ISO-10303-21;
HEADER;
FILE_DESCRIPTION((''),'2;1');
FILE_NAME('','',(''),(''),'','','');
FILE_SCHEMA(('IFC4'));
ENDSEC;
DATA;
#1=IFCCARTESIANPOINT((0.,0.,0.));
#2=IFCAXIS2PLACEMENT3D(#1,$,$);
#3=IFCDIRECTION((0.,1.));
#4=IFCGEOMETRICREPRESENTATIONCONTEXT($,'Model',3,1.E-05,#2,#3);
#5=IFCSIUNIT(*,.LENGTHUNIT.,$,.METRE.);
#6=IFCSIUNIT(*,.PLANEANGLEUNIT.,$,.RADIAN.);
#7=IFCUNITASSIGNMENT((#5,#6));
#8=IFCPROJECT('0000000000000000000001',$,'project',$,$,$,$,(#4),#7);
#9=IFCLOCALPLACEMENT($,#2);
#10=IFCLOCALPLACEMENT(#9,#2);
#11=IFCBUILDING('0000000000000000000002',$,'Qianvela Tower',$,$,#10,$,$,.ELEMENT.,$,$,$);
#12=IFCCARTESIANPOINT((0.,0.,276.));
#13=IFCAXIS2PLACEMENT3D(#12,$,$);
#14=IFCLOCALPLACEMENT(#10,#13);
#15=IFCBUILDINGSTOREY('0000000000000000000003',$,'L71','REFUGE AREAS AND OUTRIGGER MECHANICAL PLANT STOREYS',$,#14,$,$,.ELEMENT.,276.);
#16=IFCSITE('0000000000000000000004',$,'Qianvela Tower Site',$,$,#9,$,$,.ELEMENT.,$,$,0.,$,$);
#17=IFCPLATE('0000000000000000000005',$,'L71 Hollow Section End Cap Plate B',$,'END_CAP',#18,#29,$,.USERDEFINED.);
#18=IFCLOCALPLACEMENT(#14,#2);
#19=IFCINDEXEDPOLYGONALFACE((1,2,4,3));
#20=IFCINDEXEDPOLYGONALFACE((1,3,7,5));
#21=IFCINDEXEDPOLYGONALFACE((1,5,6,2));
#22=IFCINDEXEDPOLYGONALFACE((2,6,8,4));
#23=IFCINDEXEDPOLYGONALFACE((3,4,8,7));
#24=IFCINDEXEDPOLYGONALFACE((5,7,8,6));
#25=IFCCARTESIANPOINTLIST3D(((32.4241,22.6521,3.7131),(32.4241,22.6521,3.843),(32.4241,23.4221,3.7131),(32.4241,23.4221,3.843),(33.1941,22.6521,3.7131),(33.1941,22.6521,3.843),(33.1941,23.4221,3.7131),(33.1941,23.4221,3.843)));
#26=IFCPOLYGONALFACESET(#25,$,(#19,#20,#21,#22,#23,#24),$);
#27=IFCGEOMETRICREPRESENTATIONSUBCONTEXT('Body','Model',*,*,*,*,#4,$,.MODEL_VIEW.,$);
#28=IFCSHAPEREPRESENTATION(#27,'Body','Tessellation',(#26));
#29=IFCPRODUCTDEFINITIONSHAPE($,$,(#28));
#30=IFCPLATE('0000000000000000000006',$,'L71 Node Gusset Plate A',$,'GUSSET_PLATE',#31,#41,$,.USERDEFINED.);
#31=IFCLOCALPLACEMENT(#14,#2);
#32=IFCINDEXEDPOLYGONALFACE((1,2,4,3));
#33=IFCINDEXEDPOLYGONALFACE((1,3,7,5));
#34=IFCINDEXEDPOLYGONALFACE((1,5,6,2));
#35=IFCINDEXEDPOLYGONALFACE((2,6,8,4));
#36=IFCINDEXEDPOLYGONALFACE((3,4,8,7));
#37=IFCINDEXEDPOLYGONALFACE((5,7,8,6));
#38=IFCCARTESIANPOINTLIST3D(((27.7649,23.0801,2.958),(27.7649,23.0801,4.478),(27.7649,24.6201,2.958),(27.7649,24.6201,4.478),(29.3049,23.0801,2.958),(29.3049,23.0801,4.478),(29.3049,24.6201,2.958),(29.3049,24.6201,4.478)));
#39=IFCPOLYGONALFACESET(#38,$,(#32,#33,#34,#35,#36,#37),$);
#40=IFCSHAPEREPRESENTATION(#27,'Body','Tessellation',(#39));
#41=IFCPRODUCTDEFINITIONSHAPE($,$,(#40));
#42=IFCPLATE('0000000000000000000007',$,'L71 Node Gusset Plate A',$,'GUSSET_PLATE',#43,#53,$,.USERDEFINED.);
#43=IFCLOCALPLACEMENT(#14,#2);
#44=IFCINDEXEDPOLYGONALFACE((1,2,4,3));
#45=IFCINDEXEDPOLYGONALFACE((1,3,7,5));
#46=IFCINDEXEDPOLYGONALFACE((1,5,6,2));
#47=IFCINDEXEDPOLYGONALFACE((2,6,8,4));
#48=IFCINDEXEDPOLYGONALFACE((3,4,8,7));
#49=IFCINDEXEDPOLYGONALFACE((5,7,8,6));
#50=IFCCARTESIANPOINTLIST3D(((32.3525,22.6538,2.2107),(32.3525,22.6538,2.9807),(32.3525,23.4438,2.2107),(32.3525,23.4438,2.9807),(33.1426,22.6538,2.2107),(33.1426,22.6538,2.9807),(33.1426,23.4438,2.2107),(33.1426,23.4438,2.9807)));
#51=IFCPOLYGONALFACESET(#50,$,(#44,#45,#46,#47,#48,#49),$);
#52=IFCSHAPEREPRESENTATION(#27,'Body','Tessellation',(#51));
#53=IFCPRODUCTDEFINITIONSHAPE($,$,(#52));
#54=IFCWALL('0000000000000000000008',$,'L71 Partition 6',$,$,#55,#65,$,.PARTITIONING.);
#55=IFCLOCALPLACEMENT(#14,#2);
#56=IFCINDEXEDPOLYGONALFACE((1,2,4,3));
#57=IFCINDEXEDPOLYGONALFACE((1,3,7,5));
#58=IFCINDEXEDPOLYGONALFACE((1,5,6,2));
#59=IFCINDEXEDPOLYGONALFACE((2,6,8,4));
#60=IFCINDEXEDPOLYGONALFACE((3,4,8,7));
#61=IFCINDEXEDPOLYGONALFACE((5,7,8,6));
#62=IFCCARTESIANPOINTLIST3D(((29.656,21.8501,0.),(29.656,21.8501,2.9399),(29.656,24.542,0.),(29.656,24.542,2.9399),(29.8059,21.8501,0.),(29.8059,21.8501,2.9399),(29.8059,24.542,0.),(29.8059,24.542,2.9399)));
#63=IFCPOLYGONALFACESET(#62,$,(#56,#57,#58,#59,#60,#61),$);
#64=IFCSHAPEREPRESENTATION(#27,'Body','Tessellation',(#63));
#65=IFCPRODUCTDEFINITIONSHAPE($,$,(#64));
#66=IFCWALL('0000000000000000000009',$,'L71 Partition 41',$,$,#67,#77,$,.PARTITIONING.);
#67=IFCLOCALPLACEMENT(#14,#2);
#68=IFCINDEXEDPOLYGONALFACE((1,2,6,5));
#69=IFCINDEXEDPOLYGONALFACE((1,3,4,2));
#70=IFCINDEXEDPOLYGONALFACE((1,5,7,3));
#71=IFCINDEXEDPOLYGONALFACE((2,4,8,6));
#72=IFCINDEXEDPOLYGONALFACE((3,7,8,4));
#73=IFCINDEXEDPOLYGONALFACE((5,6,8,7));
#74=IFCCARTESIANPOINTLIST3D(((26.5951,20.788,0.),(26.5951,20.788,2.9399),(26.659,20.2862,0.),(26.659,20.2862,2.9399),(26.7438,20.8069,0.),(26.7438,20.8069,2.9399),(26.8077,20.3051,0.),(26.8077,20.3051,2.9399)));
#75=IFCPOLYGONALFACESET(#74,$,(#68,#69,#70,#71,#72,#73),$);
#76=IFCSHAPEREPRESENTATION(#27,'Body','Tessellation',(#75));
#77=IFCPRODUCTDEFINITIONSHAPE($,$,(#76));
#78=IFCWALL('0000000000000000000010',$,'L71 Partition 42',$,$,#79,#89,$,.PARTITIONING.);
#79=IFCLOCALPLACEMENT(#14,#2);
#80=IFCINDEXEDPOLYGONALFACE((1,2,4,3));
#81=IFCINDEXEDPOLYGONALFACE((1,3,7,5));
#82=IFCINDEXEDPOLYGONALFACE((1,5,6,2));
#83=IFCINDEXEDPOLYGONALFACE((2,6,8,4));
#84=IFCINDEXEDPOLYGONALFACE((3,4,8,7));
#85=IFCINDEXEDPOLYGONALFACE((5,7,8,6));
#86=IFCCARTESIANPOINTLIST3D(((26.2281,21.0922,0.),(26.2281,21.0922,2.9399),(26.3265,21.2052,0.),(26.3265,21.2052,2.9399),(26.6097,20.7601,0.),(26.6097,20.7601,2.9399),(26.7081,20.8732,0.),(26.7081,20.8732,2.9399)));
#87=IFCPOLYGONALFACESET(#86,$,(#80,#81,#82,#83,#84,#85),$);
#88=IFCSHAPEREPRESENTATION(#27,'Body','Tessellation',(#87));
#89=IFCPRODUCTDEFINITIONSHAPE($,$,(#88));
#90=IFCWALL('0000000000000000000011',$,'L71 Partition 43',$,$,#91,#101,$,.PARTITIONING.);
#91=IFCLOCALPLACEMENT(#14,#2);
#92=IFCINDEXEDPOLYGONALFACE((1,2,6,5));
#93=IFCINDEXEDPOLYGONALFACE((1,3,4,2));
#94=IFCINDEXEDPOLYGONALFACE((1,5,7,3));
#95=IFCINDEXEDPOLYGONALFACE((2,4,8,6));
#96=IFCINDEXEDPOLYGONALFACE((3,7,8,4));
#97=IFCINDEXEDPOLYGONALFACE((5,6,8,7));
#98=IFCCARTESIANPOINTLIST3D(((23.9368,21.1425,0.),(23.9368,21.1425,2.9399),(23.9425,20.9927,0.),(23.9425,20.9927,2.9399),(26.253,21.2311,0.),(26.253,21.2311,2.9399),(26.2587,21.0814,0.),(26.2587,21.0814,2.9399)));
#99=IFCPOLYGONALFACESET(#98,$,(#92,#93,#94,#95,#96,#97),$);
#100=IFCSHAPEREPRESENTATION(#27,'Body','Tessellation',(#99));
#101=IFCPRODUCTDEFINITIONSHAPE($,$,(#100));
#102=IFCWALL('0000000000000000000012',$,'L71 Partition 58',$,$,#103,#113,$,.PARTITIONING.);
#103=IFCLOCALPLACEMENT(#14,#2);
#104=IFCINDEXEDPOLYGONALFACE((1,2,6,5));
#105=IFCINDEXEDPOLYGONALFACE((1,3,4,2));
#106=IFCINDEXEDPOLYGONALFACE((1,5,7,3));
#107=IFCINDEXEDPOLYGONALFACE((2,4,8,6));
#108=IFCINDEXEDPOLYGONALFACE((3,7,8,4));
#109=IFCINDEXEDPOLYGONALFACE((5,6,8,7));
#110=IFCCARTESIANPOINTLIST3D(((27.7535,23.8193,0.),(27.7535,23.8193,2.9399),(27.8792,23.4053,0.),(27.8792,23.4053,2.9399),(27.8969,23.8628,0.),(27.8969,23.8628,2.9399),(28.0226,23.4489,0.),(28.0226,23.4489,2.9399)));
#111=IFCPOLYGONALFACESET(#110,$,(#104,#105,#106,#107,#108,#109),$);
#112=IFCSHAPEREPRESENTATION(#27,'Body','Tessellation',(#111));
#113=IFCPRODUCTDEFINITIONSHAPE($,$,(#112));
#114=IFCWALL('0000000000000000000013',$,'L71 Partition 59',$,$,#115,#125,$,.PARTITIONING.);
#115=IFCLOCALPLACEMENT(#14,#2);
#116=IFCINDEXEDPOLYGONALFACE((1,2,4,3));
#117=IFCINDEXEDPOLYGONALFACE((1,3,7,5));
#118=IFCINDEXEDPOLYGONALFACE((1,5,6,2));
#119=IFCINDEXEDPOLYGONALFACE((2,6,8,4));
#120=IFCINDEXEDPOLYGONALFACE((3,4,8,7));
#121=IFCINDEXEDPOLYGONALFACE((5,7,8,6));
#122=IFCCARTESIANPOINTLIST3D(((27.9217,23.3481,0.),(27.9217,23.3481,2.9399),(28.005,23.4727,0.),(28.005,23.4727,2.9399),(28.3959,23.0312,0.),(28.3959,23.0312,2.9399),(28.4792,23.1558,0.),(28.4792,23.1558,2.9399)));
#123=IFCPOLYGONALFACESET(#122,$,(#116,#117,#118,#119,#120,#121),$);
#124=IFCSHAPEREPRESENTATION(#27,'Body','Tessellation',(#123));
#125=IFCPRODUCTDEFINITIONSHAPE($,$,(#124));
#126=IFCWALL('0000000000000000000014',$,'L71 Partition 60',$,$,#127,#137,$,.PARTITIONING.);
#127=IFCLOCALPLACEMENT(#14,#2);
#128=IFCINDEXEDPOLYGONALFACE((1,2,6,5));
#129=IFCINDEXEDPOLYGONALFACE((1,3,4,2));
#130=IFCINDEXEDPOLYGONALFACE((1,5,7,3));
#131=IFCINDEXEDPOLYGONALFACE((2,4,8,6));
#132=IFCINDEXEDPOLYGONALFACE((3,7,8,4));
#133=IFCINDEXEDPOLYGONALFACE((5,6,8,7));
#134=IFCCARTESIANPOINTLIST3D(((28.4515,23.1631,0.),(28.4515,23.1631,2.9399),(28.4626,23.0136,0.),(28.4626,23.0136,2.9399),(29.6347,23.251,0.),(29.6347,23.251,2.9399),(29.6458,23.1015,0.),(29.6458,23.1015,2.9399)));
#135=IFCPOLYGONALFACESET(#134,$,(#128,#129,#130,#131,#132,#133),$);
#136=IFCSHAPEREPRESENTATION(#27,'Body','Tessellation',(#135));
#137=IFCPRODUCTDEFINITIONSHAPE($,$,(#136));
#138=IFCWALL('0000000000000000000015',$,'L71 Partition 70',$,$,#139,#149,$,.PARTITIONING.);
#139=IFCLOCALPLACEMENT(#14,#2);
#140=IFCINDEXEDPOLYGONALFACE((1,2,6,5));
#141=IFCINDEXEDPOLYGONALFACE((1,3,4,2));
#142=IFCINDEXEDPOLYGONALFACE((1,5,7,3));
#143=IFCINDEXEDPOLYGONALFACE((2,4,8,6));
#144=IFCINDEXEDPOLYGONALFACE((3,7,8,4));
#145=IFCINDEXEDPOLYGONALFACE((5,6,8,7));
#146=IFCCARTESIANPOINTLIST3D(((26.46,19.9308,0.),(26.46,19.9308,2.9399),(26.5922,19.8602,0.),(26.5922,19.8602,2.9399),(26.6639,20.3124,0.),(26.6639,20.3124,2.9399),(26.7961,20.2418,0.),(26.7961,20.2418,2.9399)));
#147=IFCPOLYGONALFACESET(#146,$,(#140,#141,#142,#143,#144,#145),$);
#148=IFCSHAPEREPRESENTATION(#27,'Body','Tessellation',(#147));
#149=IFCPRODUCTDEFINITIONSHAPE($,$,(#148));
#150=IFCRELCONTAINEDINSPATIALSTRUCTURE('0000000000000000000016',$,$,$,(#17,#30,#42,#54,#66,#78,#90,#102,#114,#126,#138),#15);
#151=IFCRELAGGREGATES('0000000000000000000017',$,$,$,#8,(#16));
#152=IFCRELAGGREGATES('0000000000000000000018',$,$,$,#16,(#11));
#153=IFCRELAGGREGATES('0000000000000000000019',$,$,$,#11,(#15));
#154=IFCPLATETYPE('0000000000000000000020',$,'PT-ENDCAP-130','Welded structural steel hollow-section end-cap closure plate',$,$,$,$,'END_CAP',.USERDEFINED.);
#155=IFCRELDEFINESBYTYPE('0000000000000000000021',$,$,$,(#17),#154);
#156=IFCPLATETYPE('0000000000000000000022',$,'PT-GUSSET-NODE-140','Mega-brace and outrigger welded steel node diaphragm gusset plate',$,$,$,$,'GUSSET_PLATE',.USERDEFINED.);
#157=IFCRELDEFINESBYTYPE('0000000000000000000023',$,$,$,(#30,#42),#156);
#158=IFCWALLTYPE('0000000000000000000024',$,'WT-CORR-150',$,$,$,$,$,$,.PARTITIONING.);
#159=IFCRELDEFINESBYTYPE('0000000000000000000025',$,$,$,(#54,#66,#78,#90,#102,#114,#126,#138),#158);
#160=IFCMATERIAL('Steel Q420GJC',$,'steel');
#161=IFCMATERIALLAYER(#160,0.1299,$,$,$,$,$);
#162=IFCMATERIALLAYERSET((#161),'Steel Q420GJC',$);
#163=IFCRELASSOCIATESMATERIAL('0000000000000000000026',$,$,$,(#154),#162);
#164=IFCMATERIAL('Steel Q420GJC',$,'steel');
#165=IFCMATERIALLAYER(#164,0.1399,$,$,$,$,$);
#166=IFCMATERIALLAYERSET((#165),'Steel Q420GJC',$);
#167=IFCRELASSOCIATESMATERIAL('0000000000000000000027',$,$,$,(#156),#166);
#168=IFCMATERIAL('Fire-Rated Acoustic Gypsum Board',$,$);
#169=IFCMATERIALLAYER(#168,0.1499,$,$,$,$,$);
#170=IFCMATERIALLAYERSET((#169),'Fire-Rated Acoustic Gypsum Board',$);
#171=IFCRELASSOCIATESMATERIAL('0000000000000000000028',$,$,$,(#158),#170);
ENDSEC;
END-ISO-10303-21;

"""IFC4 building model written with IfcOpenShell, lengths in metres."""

from ifc_helpers import new_model, si_unit, direction, frame, frame_2d, origin, origin_2d, place, context, subcontext, project, spatial, rectangle, extrude, material, layer, layer_set, type_object, element, save


model = new_model("IFC4")

# Units and contexts
model_context = context("Model", 3, precision=1e-05, world=origin(), true_north=direction((0.0, 1.0)))
body_context = subcontext(model_context, "Body", "Model", "MODEL_VIEW")
ifc_project = project(units=[si_unit("LENGTHUNIT", "METRE"), si_unit("PLANEANGLEUNIT", "RADIAN")], contexts=[model_context])

# Site, building, storey
site_placement = place(None, origin())
site = spatial("IfcSite", under=ifc_project, at=site_placement, Name="Qianvela Tower Site", CompositionType="ELEMENT", RefElevation=0.0)
building_placement = place(site_placement, origin())
building = spatial("IfcBuilding", under=site, at=building_placement, Name="Qianvela Tower", CompositionType="ELEMENT")
storey_placement = place(building_placement, frame((0.0, 0.0, 276.0)))
storey = spatial("IfcBuildingStorey", under=building, at=storey_placement, Name="L71", Description="REFUGE AREAS AND OUTRIGGER MECHANICAL PLANT STOREYS", CompositionType="ELEMENT", Elevation=276.0)

# Plates
ifc_material_1 = material(Name="Steel Q420GJC", Category="steel")
ifc_layer_1 = layer(ifc_material_1, 0.1299)
ifc_layer_set_1 = layer_set([ifc_layer_1], Name="Steel Q420GJC")
plate_type_1 = type_object("IfcPlateType", Name="PT-ENDCAP-130", Description="Welded structural steel hollow-section end-cap closure plate", ElementType="END_CAP", PredefinedType="USERDEFINED", material=ifc_layer_set_1)
plate_1_placement = place(storey_placement, frame((32.8091, 23.0371, 3.7131), z_axis=(0.0, 0.0, 1.0), x_axis=(1.0, 0.0, 0.0)))
element("IfcPlate", 1, at=plate_1_placement, inside=storey, type_object=plate_type_1, Name="L71 Hollow Section End Cap Plate B", ObjectType="END_CAP", PredefinedType="USERDEFINED", context=body_context, shape_type="SweptSolid", body=[
    extrude(rectangle(XDim=0.77, YDim=0.77, at=origin_2d()), origin(), (0.0, 0.0, 1.0), 0.1299),
])
ifc_material_2 = material(Name="Steel Q420GJC", Category="steel")
ifc_layer_2 = layer(ifc_material_2, 0.1399)
ifc_layer_set_2 = layer_set([ifc_layer_2], Name="Steel Q420GJC")
plate_type_2 = type_object("IfcPlateType", Name="PT-GUSSET-NODE-140", Description="Mega-brace and outrigger welded steel node diaphragm gusset plate", ElementType="GUSSET_PLATE", PredefinedType="USERDEFINED", material=ifc_layer_set_2)
plate_2_placement = place(storey_placement, frame((28.5349, 23.8501, 2.958), z_axis=(0.0, 0.0, 1.0), x_axis=(1.0, 0.0, 0.0)))
element("IfcPlate", 2, at=plate_2_placement, inside=storey, type_object=plate_type_2, Name="L71 Node Gusset Plate A", ObjectType="GUSSET_PLATE", PredefinedType="USERDEFINED", context=body_context, shape_type="SweptSolid", body=[
    extrude(rectangle(XDim=1.54, YDim=1.54, at=origin_2d()), origin(), (0.0, 0.0, 1.0), 1.52),
])
plate_3_placement = place(storey_placement, frame((32.7476, 23.0488, 2.2107), z_axis=(0.0, 0.0, 1.0), x_axis=(1.0, 0.0, 0.0)))
element("IfcPlate", 3, at=plate_3_placement, inside=storey, type_object=plate_type_2, Name="L71 Node Gusset Plate A", ObjectType="GUSSET_PLATE", PredefinedType="USERDEFINED", context=body_context, shape_type="SweptSolid", body=[
    extrude(rectangle(XDim=0.79, YDim=0.79, at=origin_2d()), origin(), (0.0, 0.0, 1.0), 0.77),
])

# Shared definitions
ifc_material_3 = material(Name="Fire-Rated Acoustic Gypsum Board")
ifc_layer_3 = layer(ifc_material_3, 0.1499)
ifc_layer_set_3 = layer_set([ifc_layer_3], Name="Fire-Rated Acoustic Gypsum Board")
wall_type = type_object("IfcWallType", Name="WT-CORR-150", PredefinedType="PARTITIONING", material=ifc_layer_set_3)

# Walls
wall_1_placement = place(storey_placement, frame((29.731, 21.8501, 0.0), z_axis=(0.0, 0.0, 1.0), x_axis=(0.0, 1.0, 0.0)))
element("IfcWall", 4, at=wall_1_placement, inside=storey, type_object=wall_type, Name="L71 Partition 6", PredefinedType="PARTITIONING", context=body_context, shape_type="SweptSolid", body=[
    extrude(rectangle(XDim=2.6919, YDim=0.1499, at=frame_2d((1.3459, 0.0))), origin(), (0.0, 0.0, 1.0), 2.9399),
])
for number, where, z_axis, x_axis, name in (
    (5, (26.7334, 20.2957, 0.0), (0.0, 0.0, 1.0), (-0.12647, 0.99197, 0.0), "L71 Partition 41"),
    (6, (26.6589, 20.8167, 0.0), (0.0, 0.0, 1.0), (-0.754398, 0.656418, 0.0), "L71 Partition 42"),
):
    element("IfcWall", number, at=place(storey_placement, frame(where, z_axis=z_axis, x_axis=x_axis)), inside=storey, type_object=wall_type, Name=name, PredefinedType="PARTITIONING", context=body_context, shape_type="SweptSolid", body=[
        extrude(rectangle(XDim=0.5059, YDim=0.1499, at=frame_2d((0.2529, 0.0))), origin(), (0.0, 0.0, 1.0), 2.9399),
    ])
wall_2_placement = place(storey_placement, frame((26.2559, 21.1562, 0.0), z_axis=(0.0, 0.0, 1.0), x_axis=(-0.999269, -0.038235, 0.0)))
element("IfcWall", 7, at=wall_2_placement, inside=storey, type_object=wall_type, Name="L71 Partition 43", PredefinedType="PARTITIONING", context=body_context, shape_type="SweptSolid", body=[
    extrude(rectangle(XDim=2.3179, YDim=0.1499, at=frame_2d((1.1589, 0.0))), origin(), (0.0, 0.0, 1.0), 2.9399),
])
wall_3_placement = place(storey_placement, frame((27.8252, 23.8411, 0.0), z_axis=(0.0, 0.0, 1.0), x_axis=(0.290555, -0.956858, 0.0)))
element("IfcWall", 8, at=wall_3_placement, inside=storey, type_object=wall_type, Name="L71 Partition 58", PredefinedType="PARTITIONING", context=body_context, shape_type="SweptSolid", body=[
    extrude(rectangle(XDim=0.4326, YDim=0.1499, at=frame_2d((0.2163, 0.0))), origin(), (0.0, 0.0, 1.0), 2.9399),
])
wall_4_placement = place(storey_placement, frame((27.9634, 23.4104, 0.0), z_axis=(0.0, 0.0, 1.0), x_axis=(0.831391, -0.555688, 0.0)))
element("IfcWall", 9, at=wall_4_placement, inside=storey, type_object=wall_type, Name="L71 Partition 59", PredefinedType="PARTITIONING", context=body_context, shape_type="SweptSolid", body=[
    extrude(rectangle(XDim=0.5703, YDim=0.1499, at=frame_2d((0.2852, 0.0))), origin(), (0.0, 0.0, 1.0), 2.9399),
])
wall_5_placement = place(storey_placement, frame((28.457, 23.0884, 0.0), z_axis=(0.0, 0.0, 1.0), x_axis=(0.997253, 0.074069, 0.0)))
element("IfcWall", 10, at=wall_5_placement, inside=storey, type_object=wall_type, Name="L71 Partition 60", PredefinedType="PARTITIONING", context=body_context, shape_type="SweptSolid", body=[
    extrude(rectangle(XDim=1.1865, YDim=0.1499, at=frame_2d((0.5933, 0.0))), origin(), (0.0, 0.0, 1.0), 2.9399),
])
wall_6_placement = place(storey_placement, frame((26.5261, 19.8955, 0.0), z_axis=(0.0, 0.0, 1.0), x_axis=(0.471203, 0.882025, 0.0)))
element("IfcWall", 11, at=wall_6_placement, inside=storey, type_object=wall_type, Name="L71 Partition 70", PredefinedType="PARTITIONING", context=body_context, shape_type="SweptSolid", body=[
    extrude(rectangle(XDim=0.4326, YDim=0.1499, at=frame_2d((0.2163, 0.0))), origin(), (0.0, 0.0, 1.0), 2.9399),
])

save(model, "model.ifc")
